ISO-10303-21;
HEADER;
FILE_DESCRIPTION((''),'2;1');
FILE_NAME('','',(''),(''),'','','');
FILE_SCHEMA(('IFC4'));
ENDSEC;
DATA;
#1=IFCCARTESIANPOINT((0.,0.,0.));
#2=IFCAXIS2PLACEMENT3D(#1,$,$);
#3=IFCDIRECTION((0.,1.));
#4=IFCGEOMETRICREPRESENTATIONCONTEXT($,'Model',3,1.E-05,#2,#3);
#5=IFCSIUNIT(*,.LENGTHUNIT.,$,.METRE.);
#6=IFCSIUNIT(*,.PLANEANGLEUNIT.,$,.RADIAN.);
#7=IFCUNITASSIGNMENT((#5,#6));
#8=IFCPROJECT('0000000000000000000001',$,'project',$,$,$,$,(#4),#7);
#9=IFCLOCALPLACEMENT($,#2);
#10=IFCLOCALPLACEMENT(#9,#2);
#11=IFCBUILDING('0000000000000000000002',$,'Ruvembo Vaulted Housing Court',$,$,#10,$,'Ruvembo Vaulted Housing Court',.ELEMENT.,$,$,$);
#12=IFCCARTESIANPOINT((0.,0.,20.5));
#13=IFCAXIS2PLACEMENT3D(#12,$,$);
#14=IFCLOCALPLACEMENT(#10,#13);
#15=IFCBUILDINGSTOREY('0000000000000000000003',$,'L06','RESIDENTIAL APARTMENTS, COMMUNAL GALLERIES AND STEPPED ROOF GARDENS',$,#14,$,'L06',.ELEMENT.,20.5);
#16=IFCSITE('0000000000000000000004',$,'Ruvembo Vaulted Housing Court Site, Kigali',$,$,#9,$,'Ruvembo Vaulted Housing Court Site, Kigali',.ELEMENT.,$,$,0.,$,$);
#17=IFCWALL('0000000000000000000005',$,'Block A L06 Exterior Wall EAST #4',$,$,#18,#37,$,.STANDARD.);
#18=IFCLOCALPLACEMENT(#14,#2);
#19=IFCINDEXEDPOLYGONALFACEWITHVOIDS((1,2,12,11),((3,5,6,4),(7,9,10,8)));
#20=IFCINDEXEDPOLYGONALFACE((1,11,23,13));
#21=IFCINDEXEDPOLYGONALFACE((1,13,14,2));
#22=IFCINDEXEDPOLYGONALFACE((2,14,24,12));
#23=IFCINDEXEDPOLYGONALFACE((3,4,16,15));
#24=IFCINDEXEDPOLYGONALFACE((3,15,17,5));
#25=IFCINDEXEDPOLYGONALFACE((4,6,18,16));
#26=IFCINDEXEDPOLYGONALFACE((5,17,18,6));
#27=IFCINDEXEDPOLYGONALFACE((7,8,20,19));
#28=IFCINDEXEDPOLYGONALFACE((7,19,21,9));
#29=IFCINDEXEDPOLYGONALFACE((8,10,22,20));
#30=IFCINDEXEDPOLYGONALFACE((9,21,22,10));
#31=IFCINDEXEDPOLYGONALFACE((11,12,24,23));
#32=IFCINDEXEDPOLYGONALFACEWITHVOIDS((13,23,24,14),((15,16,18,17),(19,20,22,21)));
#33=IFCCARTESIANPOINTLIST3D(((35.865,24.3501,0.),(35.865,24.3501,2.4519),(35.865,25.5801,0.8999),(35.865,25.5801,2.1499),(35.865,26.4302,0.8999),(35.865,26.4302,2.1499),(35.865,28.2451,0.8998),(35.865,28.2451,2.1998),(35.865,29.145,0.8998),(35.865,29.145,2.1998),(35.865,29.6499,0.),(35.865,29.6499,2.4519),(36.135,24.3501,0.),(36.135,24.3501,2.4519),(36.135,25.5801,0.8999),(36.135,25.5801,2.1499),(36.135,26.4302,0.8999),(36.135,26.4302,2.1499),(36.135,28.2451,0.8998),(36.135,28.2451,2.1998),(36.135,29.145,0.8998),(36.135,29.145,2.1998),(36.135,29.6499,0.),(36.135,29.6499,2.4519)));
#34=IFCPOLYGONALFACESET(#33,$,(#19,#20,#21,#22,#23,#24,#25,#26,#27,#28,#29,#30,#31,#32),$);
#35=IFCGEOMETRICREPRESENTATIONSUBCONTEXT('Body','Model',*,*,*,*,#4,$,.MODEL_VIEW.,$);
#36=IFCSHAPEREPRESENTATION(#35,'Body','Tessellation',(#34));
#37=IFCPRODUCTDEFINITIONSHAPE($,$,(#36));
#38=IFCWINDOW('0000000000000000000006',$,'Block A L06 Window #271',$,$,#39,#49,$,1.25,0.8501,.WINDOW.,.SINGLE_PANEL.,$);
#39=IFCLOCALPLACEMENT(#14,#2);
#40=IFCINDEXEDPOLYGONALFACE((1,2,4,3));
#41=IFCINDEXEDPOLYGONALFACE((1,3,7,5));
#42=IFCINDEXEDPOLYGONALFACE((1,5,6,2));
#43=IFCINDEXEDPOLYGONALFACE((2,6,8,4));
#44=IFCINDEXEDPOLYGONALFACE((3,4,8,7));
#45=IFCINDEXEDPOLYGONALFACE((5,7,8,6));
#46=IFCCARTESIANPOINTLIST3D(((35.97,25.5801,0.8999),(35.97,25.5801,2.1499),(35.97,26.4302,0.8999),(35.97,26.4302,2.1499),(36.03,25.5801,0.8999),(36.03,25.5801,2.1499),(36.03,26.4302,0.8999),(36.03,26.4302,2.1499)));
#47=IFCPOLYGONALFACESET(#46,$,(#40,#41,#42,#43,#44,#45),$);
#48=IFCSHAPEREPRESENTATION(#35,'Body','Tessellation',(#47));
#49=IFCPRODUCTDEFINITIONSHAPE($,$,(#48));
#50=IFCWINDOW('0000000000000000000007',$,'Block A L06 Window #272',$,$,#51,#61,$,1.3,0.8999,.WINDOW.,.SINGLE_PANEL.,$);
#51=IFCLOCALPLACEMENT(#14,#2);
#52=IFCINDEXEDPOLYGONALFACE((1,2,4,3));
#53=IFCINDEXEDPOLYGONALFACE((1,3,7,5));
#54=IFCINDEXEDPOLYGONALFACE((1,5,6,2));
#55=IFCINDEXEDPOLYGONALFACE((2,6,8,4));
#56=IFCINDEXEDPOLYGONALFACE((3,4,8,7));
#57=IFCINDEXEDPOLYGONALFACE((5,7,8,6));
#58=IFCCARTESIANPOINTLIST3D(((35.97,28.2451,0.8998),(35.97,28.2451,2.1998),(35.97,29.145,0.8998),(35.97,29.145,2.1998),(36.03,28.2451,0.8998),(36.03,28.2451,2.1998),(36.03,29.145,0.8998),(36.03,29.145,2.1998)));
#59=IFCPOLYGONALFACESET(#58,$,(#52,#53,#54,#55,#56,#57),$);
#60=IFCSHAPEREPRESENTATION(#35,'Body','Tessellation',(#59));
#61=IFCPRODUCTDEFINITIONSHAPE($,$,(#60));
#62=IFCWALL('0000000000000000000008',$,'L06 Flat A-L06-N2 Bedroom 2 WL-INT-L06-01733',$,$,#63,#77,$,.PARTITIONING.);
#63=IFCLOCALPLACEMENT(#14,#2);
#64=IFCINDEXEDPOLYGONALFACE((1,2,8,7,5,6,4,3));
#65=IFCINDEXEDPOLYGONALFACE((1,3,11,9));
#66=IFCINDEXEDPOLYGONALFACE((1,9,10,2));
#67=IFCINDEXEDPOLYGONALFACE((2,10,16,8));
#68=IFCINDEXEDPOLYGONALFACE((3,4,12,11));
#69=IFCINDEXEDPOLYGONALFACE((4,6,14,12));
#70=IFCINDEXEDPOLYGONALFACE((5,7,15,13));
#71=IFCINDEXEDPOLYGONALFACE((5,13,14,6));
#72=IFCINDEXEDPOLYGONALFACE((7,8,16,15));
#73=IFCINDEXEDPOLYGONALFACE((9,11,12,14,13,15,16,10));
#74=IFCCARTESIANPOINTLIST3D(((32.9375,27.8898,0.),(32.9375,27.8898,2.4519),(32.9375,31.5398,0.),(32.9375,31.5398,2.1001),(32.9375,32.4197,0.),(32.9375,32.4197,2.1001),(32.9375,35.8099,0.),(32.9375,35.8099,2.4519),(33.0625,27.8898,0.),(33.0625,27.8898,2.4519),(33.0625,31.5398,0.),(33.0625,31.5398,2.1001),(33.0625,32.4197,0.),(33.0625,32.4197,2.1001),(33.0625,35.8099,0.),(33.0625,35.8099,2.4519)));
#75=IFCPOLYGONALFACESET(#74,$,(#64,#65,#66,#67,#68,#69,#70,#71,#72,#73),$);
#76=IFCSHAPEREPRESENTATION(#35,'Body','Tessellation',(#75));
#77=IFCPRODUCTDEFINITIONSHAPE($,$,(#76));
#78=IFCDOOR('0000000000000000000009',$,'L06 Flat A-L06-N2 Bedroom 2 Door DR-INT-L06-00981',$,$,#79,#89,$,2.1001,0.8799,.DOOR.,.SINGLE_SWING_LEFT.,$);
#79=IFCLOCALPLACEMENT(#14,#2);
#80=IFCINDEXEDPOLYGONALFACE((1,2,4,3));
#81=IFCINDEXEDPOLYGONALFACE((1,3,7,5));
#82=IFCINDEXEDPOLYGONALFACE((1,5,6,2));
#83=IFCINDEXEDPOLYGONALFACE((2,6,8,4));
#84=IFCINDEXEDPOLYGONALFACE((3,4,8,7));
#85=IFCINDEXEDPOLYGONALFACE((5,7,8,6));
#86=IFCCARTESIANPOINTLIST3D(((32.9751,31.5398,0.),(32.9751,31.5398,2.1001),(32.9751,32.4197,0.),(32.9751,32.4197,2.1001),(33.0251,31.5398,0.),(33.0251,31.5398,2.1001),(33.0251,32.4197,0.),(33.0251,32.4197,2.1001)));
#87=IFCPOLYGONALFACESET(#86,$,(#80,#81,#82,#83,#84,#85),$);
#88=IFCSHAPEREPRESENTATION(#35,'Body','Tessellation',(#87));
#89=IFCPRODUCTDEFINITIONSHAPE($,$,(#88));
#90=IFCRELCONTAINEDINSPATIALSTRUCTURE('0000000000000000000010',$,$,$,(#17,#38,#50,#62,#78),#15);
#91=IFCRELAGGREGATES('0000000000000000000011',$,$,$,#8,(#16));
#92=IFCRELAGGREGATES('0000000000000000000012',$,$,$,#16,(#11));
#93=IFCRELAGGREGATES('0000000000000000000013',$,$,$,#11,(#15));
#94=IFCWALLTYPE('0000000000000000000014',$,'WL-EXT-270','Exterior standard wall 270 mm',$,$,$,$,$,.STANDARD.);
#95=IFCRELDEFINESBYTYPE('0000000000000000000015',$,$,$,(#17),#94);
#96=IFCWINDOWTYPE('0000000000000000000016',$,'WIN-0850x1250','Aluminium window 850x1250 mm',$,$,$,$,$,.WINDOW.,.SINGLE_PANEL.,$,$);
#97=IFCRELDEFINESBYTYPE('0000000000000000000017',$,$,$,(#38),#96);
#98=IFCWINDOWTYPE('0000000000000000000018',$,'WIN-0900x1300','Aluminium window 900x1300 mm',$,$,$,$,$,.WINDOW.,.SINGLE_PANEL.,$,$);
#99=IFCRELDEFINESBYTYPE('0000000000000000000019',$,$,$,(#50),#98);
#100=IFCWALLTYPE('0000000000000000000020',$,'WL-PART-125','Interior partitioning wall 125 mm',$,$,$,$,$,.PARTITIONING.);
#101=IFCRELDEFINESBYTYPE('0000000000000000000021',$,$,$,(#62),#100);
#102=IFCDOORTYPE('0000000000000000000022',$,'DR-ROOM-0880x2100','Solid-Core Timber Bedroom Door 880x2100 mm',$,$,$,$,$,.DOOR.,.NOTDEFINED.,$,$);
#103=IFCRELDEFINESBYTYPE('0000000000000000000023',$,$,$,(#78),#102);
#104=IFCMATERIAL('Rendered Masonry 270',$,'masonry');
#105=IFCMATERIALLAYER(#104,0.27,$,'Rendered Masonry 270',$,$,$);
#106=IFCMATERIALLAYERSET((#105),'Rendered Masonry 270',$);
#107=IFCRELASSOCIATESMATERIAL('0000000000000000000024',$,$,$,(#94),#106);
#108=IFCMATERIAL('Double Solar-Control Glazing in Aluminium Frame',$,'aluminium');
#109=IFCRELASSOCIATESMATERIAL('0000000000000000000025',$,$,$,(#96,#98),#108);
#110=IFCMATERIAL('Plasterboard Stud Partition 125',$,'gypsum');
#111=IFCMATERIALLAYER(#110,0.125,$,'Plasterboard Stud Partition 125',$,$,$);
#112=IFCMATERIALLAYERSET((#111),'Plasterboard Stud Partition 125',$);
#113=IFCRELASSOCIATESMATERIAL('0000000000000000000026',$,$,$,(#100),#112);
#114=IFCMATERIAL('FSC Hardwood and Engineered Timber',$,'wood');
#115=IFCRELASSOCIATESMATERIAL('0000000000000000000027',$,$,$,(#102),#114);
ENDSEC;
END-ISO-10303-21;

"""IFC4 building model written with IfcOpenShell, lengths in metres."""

from ifc_helpers import new_model, si_unit, direction, frame, frame_2d, origin, place, context, subcontext, project, spatial, rectangle, extrude, material, layer, layer_set, type_object, element, fill, save


model = new_model("IFC4")

# Units and contexts
model_context = context("Model", 3, precision=1e-05, world=origin(), true_north=direction((0.0, 1.0)))
body_context = subcontext(model_context, "Body", "Model", "MODEL_VIEW")
ifc_project = project(units=[si_unit("LENGTHUNIT", "METRE"), si_unit("PLANEANGLEUNIT", "RADIAN")], contexts=[model_context])

# Site, building, storey
site_placement = place(None, origin())
site = spatial("IfcSite", under=ifc_project, at=site_placement, Name="Ruvembo Vaulted Housing Court Site, Kigali", LongName="Ruvembo Vaulted Housing Court Site, Kigali", CompositionType="ELEMENT", RefElevation=0.0)
building_placement = place(site_placement, origin())
building = spatial("IfcBuilding", under=site, at=building_placement, Name="Ruvembo Vaulted Housing Court", LongName="Ruvembo Vaulted Housing Court", CompositionType="ELEMENT")
storey_placement = place(building_placement, frame((0.0, 0.0, 20.5)))
storey = spatial("IfcBuildingStorey", under=building, at=storey_placement, Name="L06", Description="RESIDENTIAL APARTMENTS, COMMUNAL GALLERIES AND STEPPED ROOF GARDENS", LongName="L06", CompositionType="ELEMENT", Elevation=20.5)

# Wall, openings, windows
ifc_material_1 = material(Name="Rendered Masonry 270", Category="masonry")
ifc_layer_1 = layer(ifc_material_1, 0.27, Name="Rendered Masonry 270")
ifc_layer_set_1 = layer_set([ifc_layer_1], Name="Rendered Masonry 270")
wall_type_1 = type_object("IfcWallType", Name="WL-EXT-270", Description="Exterior standard wall 270 mm", PredefinedType="STANDARD", material=ifc_layer_set_1)
wall_1_placement = place(storey_placement, frame((36.0, 24.3501, 0.0), z_axis=(0.0, 0.0, 1.0), x_axis=(0.0, 1.0, 0.0)))
wall_1 = element("IfcWall", 1, at=wall_1_placement, inside=storey, type_object=wall_type_1, Name="Block A L06 Exterior Wall EAST #4", PredefinedType="STANDARD", context=body_context, shape_type="SweptSolid", body=[
    extrude(rectangle(XDim=5.2998, YDim=0.27, at=frame_2d((2.6499, 0.0))), origin(), (0.0, 0.0, 1.0), 2.4519),
])
opening_1_placement = place(wall_1_placement, frame((1.23, 0.0, 0.8999)))
opening_1 = element("IfcOpeningElement", 2, at=opening_1_placement, cuts=wall_1, PredefinedType="OPENING", context=body_context, shape_type="SweptSolid", body=[
    extrude(rectangle(XDim=0.8501, YDim=1.25, at=frame_2d((0.425, 0.625))), frame((0.0, 0.145, 0.0), z_axis=(0.0, -1.0, 0.0), x_axis=(1.0, 0.0, 0.0)), (0.0, 0.0, 1.0), 0.29),
])
opening_2_placement = place(wall_1_placement, frame((3.895, 0.0, 0.8999)))
opening_2 = element("IfcOpeningElement", 3, at=opening_2_placement, cuts=wall_1, PredefinedType="OPENING", context=body_context, shape_type="SweptSolid", body=[
    extrude(rectangle(XDim=0.8999, YDim=1.3, at=frame_2d((0.45, 0.6499))), frame((0.0, 0.145, 0.0), z_axis=(0.0, -1.0, 0.0), x_axis=(1.0, 0.0, 0.0)), (0.0, 0.0, 1.0), 0.29),
])
ifc_material_2 = material(Name="Double Solar-Control Glazing in Aluminium Frame", Category="aluminium")
window_type_1 = type_object("IfcWindowType", Name="WIN-0850x1250", Description="Aluminium window 850x1250 mm", PartitioningType="SINGLE_PANEL", PredefinedType="WINDOW", material=ifc_material_2)
window_1_placement = place(opening_1_placement, origin())
window_1 = element("IfcWindow", 4, at=window_1_placement, inside=storey, type_object=window_type_1, Name="Block A L06 Window #271", OverallHeight=1.25, OverallWidth=0.8501, PartitioningType="SINGLE_PANEL", PredefinedType="WINDOW", context=body_context, shape_type="SweptSolid", body=[
    extrude(rectangle(XDim=0.8501, YDim=1.25, at=frame_2d((0.425, 0.625))), frame((0.0, 0.03, 0.0), z_axis=(0.0, -1.0, 0.0), x_axis=(1.0, 0.0, 0.0)), (0.0, 0.0, 1.0), 0.0601),
])
fill(opening_1, window_1)
window_type_2 = type_object("IfcWindowType", Name="WIN-0900x1300", Description="Aluminium window 900x1300 mm", PartitioningType="SINGLE_PANEL", PredefinedType="WINDOW", material=ifc_material_2)
window_2_placement = place(opening_2_placement, origin())
window_2 = element("IfcWindow", 5, at=window_2_placement, inside=storey, type_object=window_type_2, Name="Block A L06 Window #272", OverallHeight=1.3, OverallWidth=0.8999, PartitioningType="SINGLE_PANEL", PredefinedType="WINDOW", context=body_context, shape_type="SweptSolid", body=[
    extrude(rectangle(XDim=0.8999, YDim=1.3, at=frame_2d((0.45, 0.6499))), frame((0.0, 0.03, 0.0), z_axis=(0.0, -1.0, 0.0), x_axis=(1.0, 0.0, 0.0)), (0.0, 0.0, 1.0), 0.0601),
])
fill(opening_2, window_2)

# Wall, opening, door
ifc_material_3 = material(Name="Plasterboard Stud Partition 125", Category="gypsum")
ifc_layer_2 = layer(ifc_material_3, 0.125, Name="Plasterboard Stud Partition 125")
ifc_layer_set_2 = layer_set([ifc_layer_2], Name="Plasterboard Stud Partition 125")
wall_type_2 = type_object("IfcWallType", Name="WL-PART-125", Description="Interior partitioning wall 125 mm", PredefinedType="PARTITIONING", material=ifc_layer_set_2)
wall_2_placement = place(storey_placement, frame((33.0, 27.8899, 0.0), z_axis=(0.0, 0.0, 1.0), x_axis=(0.0, 1.0, 0.0)))
wall_2 = element("IfcWall", 6, at=wall_2_placement, inside=storey, type_object=wall_type_2, Name="L06 Flat A-L06-N2 Bedroom 2 WL-INT-L06-01733", PredefinedType="PARTITIONING", context=body_context, shape_type="SweptSolid", body=[
    extrude(rectangle(XDim=7.9202, YDim=0.125, at=frame_2d((3.96, 0.0))), origin(), (0.0, 0.0, 1.0), 2.4519),
])
opening_3_placement = place(wall_2_placement, frame((3.6499, 0.0, 0.0)))
opening_3 = element("IfcOpeningElement", 7, at=opening_3_placement, cuts=wall_2, PredefinedType="OPENING", context=body_context, shape_type="SweptSolid", body=[
    extrude(rectangle(XDim=0.8799, YDim=2.1001, at=frame_2d((0.4399, 1.05))), frame((0.0, 0.0725, 0.0), z_axis=(0.0, -1.0, 0.0), x_axis=(1.0, 0.0, 0.0)), (0.0, 0.0, 1.0), 0.145),
])
ifc_material_4 = material(Name="FSC Hardwood and Engineered Timber", Category="wood")
door_type_1 = type_object("IfcDoorType", Name="DR-ROOM-0880x2100", Description="Solid-Core Timber Bedroom Door 880x2100 mm", OperationType="NOTDEFINED", PredefinedType="DOOR", material=ifc_material_4)
door_1_placement = place(opening_3_placement, origin())
door_1 = element("IfcDoor", 8, at=door_1_placement, inside=storey, type_object=door_type_1, Name="L06 Flat A-L06-N2 Bedroom 2 Door DR-INT-L06-00981", OperationType="SINGLE_SWING_LEFT", OverallHeight=2.1001, OverallWidth=0.8799, PredefinedType="DOOR", context=body_context, shape_type="SweptSolid", body=[
    extrude(rectangle(XDim=0.8799, YDim=2.1001, at=frame_2d((0.4399, 1.05))), frame((0.0, 0.0249, 0.0), z_axis=(0.0, -1.0, 0.0), x_axis=(1.0, 0.0, 0.0)), (0.0, 0.0, 1.0), 0.05),
])
fill(opening_3, door_1)

save(model, "model.ifc")
